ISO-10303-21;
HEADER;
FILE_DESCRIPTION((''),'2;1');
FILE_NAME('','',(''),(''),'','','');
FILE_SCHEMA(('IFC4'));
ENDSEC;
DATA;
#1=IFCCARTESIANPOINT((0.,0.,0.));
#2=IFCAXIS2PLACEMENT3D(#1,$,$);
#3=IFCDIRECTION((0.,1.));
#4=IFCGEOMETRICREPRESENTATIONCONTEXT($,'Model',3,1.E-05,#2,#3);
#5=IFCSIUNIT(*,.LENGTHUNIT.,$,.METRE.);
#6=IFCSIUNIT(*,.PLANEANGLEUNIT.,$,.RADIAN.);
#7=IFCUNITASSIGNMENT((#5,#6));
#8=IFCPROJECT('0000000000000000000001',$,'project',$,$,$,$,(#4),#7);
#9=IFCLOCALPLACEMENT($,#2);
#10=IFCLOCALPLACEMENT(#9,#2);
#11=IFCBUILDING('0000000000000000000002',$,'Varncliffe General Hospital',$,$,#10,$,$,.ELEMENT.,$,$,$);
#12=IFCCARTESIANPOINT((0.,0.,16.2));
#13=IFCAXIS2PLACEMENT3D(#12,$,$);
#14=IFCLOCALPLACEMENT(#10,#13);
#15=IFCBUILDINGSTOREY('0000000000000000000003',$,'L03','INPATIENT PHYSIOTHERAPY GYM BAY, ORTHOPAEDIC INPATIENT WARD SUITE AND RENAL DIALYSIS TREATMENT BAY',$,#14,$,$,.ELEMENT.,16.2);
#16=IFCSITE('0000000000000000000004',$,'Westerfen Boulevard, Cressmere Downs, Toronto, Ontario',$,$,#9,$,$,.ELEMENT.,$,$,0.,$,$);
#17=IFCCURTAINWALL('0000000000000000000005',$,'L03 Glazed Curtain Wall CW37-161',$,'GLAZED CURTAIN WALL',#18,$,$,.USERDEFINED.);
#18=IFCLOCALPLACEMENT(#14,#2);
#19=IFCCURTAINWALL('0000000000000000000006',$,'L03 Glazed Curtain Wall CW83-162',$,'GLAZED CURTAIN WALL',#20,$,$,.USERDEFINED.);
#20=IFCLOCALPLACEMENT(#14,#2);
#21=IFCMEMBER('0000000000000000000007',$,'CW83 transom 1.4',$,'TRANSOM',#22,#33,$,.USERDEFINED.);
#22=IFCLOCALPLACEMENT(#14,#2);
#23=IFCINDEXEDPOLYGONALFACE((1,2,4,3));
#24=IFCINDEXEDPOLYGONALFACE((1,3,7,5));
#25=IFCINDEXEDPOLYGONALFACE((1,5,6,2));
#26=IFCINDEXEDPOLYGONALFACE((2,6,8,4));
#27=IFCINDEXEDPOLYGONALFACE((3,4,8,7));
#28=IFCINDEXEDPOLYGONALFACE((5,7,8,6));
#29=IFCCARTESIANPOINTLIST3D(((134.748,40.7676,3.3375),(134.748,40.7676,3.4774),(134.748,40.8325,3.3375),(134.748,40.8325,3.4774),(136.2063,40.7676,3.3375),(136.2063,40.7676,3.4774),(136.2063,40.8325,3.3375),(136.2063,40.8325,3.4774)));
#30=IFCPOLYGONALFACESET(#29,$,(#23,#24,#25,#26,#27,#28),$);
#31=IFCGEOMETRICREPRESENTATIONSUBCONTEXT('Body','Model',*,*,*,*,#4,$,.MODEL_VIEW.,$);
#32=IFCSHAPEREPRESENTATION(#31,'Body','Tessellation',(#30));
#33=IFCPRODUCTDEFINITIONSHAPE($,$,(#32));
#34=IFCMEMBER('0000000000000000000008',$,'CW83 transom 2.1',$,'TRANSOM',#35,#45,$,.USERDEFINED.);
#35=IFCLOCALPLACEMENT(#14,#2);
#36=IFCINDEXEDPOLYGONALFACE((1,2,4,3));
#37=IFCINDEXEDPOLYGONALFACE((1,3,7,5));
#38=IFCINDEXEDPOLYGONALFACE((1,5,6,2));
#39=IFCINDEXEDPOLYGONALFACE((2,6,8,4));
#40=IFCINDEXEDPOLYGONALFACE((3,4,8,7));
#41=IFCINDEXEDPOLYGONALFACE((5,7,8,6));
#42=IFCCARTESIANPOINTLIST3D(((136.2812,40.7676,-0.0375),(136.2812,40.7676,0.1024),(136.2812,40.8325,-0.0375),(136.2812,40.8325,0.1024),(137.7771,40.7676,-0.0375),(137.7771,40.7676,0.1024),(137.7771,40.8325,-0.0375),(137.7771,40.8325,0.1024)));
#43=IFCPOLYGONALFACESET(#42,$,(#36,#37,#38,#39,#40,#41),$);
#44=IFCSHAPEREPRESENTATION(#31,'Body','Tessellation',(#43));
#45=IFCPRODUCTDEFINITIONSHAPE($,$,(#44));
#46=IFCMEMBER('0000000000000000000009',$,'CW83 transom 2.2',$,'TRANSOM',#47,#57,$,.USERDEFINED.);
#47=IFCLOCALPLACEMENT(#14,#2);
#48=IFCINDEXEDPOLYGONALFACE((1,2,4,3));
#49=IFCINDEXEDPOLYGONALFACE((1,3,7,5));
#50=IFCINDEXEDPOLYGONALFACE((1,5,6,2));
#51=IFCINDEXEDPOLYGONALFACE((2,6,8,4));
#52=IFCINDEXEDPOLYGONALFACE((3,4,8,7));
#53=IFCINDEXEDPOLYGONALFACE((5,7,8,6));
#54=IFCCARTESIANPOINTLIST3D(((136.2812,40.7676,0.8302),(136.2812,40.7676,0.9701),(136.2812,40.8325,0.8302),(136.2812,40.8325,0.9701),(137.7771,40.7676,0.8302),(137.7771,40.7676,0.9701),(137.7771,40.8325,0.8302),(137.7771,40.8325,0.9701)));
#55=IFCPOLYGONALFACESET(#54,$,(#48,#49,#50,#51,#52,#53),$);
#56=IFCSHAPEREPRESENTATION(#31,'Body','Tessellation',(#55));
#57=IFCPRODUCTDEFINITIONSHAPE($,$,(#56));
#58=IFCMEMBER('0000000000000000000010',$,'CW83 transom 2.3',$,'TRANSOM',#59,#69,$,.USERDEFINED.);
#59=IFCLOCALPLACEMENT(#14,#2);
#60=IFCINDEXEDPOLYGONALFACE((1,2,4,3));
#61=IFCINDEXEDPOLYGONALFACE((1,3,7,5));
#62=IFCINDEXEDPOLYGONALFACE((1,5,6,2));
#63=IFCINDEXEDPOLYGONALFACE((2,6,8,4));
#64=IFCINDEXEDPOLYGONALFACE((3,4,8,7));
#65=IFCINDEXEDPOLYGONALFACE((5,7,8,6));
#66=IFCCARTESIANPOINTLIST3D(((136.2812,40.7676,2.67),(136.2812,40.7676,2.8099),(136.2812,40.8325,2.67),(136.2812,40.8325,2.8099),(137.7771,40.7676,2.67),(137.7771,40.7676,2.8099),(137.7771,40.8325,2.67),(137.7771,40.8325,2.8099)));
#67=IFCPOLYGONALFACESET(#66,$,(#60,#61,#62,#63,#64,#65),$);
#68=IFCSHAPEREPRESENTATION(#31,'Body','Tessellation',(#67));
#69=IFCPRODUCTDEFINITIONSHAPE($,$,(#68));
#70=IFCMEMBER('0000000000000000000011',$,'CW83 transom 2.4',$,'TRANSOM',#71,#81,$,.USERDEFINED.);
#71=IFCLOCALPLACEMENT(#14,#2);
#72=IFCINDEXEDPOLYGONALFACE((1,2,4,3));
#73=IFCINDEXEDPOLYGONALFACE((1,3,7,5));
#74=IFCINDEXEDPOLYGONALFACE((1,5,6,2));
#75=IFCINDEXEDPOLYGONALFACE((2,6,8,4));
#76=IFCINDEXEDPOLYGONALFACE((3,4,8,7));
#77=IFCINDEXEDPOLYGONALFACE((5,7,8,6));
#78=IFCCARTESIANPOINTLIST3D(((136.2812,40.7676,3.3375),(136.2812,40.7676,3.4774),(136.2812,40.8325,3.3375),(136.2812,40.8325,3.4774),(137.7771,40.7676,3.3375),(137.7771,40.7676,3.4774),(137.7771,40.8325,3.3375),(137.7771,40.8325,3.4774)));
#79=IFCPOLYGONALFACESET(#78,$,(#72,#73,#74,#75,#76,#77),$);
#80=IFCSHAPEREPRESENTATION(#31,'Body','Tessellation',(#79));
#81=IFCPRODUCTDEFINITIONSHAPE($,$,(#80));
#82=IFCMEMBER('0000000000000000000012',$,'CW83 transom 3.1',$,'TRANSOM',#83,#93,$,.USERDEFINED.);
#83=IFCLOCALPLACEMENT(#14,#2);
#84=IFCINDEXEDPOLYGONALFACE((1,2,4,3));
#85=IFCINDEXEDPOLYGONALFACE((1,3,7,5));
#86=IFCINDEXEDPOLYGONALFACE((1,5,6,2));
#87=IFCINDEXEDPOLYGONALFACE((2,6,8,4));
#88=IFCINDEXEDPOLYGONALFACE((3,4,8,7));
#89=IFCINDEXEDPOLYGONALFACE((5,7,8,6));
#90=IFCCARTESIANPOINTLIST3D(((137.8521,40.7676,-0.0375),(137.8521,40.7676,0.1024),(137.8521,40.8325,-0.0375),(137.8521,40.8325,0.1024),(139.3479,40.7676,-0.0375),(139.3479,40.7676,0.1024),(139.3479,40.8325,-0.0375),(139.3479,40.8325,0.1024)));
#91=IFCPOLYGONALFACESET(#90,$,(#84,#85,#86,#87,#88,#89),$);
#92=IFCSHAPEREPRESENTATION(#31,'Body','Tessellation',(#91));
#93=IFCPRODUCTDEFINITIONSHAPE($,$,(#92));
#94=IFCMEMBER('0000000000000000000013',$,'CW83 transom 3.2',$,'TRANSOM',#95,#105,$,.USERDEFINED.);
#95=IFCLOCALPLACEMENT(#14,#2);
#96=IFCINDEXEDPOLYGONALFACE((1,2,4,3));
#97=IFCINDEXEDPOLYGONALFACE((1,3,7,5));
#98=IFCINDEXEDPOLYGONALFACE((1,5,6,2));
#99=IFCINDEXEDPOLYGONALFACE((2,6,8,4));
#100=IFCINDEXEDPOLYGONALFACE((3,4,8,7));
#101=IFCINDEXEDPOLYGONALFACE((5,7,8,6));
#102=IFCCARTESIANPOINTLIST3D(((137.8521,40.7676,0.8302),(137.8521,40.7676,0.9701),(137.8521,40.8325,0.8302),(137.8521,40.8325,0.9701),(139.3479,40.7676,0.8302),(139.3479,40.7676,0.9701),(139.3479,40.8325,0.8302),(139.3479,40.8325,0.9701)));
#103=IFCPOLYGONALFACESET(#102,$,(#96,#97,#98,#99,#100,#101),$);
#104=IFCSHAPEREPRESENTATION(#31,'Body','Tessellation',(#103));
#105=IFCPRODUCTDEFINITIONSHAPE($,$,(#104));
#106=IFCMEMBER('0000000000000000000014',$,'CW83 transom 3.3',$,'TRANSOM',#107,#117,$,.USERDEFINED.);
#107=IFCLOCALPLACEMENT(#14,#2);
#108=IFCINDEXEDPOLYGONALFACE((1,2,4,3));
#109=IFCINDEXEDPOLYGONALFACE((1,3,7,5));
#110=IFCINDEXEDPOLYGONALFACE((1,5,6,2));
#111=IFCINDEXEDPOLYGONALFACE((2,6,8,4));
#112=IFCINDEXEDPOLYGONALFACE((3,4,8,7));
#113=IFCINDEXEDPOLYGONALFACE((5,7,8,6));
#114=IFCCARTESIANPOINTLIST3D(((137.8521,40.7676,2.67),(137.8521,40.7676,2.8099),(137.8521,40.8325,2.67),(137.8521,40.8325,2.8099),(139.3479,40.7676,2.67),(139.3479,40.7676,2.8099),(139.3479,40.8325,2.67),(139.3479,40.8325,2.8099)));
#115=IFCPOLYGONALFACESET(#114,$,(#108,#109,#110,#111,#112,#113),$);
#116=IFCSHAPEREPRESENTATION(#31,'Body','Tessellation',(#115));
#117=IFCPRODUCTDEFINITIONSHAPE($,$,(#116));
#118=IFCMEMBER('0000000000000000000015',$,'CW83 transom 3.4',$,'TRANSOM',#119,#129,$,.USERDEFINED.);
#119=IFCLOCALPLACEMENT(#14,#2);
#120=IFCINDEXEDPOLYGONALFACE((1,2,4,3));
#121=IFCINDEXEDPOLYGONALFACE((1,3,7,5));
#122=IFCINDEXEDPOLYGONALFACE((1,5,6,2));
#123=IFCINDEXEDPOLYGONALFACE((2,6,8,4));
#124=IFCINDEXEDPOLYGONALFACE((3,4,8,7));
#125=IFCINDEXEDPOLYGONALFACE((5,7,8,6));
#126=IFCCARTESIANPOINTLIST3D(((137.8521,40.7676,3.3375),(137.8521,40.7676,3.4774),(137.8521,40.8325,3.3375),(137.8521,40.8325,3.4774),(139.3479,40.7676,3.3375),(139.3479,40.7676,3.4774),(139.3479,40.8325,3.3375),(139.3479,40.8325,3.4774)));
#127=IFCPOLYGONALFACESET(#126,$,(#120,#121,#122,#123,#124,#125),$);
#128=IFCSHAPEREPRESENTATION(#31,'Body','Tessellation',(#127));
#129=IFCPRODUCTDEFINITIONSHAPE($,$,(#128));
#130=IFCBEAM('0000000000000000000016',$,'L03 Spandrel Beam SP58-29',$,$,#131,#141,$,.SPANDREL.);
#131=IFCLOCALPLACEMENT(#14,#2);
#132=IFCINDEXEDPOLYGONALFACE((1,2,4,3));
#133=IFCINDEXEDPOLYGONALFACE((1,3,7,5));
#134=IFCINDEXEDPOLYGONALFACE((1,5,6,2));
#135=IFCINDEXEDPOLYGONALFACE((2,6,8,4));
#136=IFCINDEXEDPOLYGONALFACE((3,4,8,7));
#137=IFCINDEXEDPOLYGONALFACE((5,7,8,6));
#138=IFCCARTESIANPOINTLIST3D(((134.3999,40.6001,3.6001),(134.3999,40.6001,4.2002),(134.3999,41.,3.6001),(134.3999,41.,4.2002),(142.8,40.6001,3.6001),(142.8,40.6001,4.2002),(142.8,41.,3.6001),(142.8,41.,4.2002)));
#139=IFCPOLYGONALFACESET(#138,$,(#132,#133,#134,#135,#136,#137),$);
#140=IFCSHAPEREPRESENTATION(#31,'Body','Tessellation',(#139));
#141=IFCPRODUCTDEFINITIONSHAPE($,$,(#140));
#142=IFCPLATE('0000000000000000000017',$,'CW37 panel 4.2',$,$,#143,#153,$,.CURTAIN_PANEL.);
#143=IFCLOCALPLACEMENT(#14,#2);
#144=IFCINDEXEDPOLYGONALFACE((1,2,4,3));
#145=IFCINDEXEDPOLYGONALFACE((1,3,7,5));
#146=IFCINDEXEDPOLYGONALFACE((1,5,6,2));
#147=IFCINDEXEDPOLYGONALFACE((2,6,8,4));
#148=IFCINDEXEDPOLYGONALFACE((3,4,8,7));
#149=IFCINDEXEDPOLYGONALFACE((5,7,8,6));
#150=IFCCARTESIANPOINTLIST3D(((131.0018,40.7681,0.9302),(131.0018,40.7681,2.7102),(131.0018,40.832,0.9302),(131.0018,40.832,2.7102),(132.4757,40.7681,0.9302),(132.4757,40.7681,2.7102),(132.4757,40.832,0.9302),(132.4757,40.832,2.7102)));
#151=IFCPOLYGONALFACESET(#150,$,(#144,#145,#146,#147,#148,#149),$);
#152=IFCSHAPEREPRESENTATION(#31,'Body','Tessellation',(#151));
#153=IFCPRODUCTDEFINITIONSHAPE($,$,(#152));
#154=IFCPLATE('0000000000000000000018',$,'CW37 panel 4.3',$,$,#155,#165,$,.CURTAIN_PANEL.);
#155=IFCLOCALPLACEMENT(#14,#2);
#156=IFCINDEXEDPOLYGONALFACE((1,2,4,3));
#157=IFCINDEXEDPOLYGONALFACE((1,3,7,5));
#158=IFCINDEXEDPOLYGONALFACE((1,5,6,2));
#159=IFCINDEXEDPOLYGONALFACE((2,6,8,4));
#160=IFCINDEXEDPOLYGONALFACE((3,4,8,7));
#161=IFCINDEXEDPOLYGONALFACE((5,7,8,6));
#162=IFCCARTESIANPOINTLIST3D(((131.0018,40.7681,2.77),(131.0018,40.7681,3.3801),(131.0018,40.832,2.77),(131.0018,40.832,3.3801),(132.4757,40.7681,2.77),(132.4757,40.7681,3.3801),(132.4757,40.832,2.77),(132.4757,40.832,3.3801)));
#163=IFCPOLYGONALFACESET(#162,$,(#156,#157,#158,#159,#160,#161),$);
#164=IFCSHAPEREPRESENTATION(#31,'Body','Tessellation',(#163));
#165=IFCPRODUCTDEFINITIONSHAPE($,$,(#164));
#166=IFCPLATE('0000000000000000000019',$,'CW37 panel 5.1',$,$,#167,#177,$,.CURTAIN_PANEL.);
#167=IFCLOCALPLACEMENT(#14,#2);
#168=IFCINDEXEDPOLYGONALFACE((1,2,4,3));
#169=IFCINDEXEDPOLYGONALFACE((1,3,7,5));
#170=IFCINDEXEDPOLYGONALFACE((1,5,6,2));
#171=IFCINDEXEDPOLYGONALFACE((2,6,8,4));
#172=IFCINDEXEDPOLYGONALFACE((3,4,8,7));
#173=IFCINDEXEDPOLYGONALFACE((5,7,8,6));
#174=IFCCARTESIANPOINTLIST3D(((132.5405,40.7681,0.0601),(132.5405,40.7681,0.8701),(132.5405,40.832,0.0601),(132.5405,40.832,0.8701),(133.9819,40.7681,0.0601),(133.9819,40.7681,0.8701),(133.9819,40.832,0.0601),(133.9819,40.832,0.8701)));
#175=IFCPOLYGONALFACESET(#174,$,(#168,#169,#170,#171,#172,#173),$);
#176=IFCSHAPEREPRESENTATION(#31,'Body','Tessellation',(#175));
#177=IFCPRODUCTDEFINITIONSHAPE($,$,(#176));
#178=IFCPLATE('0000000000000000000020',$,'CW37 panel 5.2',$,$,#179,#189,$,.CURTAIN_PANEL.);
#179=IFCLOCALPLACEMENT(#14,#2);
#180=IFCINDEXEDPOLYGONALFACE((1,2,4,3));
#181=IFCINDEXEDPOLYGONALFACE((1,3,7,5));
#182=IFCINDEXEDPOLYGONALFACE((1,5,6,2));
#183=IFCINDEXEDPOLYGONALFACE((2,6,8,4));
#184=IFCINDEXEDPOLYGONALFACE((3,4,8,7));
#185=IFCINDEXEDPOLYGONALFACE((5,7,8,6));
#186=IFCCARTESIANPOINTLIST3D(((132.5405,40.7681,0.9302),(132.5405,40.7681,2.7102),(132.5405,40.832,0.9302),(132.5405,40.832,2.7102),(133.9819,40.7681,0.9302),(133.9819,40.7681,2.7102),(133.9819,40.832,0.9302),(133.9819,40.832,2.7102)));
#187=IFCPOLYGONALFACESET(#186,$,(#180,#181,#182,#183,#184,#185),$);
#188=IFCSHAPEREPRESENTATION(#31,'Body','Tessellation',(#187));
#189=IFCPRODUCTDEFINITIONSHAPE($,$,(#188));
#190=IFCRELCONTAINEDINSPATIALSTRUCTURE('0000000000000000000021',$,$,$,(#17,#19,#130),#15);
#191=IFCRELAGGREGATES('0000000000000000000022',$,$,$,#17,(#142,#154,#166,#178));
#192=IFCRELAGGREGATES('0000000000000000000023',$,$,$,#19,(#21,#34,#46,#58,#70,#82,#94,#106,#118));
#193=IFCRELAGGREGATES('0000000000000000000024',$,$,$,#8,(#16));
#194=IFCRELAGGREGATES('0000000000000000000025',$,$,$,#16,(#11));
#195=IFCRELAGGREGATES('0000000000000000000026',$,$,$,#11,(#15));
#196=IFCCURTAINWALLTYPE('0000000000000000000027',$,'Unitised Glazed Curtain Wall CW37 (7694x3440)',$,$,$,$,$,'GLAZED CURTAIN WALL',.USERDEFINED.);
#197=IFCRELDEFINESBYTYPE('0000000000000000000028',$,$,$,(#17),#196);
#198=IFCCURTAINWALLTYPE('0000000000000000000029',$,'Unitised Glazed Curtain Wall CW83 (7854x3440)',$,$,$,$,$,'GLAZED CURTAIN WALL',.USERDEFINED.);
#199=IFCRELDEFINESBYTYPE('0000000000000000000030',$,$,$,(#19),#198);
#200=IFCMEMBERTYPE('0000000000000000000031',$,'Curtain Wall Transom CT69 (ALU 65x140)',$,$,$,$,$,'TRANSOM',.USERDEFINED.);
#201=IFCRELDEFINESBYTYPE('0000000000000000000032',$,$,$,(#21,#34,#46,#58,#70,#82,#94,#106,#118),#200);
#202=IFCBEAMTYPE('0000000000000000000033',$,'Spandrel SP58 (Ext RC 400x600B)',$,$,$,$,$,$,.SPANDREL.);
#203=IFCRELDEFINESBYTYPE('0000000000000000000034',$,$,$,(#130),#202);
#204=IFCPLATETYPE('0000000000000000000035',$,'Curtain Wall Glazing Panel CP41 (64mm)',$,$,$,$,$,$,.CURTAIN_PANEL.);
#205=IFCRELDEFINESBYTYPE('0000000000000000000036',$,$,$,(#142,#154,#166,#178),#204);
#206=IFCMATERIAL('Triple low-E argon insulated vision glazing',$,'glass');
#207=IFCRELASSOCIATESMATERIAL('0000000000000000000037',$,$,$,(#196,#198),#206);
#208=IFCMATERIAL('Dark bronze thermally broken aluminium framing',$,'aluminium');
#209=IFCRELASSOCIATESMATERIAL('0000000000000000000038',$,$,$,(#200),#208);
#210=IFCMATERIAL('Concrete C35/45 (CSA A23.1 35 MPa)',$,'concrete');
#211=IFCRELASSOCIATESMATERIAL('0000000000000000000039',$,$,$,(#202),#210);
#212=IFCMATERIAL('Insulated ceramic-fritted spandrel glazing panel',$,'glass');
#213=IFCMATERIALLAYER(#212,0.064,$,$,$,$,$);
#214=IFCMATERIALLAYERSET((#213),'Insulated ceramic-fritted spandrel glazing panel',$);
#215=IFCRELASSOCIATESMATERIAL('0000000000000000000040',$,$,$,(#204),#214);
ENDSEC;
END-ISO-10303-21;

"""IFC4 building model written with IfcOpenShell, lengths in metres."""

from ifc_helpers import new_model, si_unit, direction, frame, origin, origin_2d, place, context, subcontext, project, spatial, rectangle, extrude, material, layer, layer_set, material_profile, profile_set, type_object, element, aggregate, save


model = new_model("IFC4")

# Units and contexts
model_context = context("Model", 3, precision=1e-05, world=origin(), true_north=direction((0.0, 1.0)))
body_context = subcontext(model_context, "Body", "Model", "MODEL_VIEW")
ifc_project = project(units=[si_unit("LENGTHUNIT", "METRE"), si_unit("PLANEANGLEUNIT", "RADIAN")], contexts=[model_context])

# Site, building, storey
site_placement = place(None, origin())
site = spatial("IfcSite", under=ifc_project, at=site_placement, Name="Westerfen Boulevard, Cressmere Downs, Toronto, Ontario", CompositionType="ELEMENT", RefElevation=0.0)
building_placement = place(site_placement, origin())
building = spatial("IfcBuilding", under=site, at=building_placement, Name="Varncliffe General Hospital", CompositionType="ELEMENT")
storey_placement = place(building_placement, frame((0.0, 0.0, 16.2)))
storey = spatial("IfcBuildingStorey", under=building, at=storey_placement, Name="L03", Description="INPATIENT PHYSIOTHERAPY GYM BAY, ORTHOPAEDIC INPATIENT WARD SUITE AND RENAL DIALYSIS TREATMENT BAY", CompositionType="ELEMENT", Elevation=16.2)

# Curtain walls
ifc_material_1 = material(Name="Triple low-E argon insulated vision glazing", Category="glass")
curtain_wall_type_1 = type_object("IfcCurtainWallType", Name="Unitised Glazed Curtain Wall CW37 (7694x3440)", ElementType="GLAZED CURTAIN WALL", PredefinedType="USERDEFINED", material=ifc_material_1)
curtain_wall_1_placement = place(storey_placement, origin())
curtain_wall_1 = element("IfcCurtainWall", 1, at=curtain_wall_1_placement, inside=storey, type_object=curtain_wall_type_1, Name="L03 Glazed Curtain Wall CW37-161", ObjectType="GLAZED CURTAIN WALL", PredefinedType="USERDEFINED")
ifc_material_2 = material(Name="Dark bronze thermally broken aluminium framing", Category="aluminium")
curtain_wall_type_2 = type_object("IfcCurtainWallType", Name="Unitised Glazed Curtain Wall CW83 (7854x3440)", ElementType="GLAZED CURTAIN WALL", PredefinedType="USERDEFINED", material=ifc_material_1)
curtain_wall_2_placement = place(storey_placement, origin())
curtain_wall_2 = element("IfcCurtainWall", 2, at=curtain_wall_2_placement, inside=storey, type_object=curtain_wall_type_2, Name="L03 Glazed Curtain Wall CW83-162", ObjectType="GLAZED CURTAIN WALL", PredefinedType="USERDEFINED")

# Members
ifc_material_profile_1 = material_profile(ifc_material_2, rectangle(XDim=0.0649, YDim=0.1399, at=origin_2d()), Name="ALU 65x140")
ifc_profile_set_1 = profile_set([ifc_material_profile_1], Name="Dark bronze thermally broken aluminium framing")
member_type_1 = type_object("IfcMemberType", Name="Curtain Wall Transom CT69 (ALU 65x140)", ElementType="TRANSOM", PredefinedType="USERDEFINED", material=ifc_profile_set_1)
member_1_placement = place(storey_placement, frame((134.748, 40.8, 3.4075), z_axis=(1.0, 0.0, 0.0), x_axis=(0.0, 1.0, 0.0)))
member_1 = element("IfcMember", 3, at=member_1_placement, type_object=member_type_1, Name="CW83 transom 1.4", ObjectType="TRANSOM", PredefinedType="USERDEFINED", context=body_context, shape_type="SweptSolid", body=[
    extrude(rectangle(XDim=0.0649, YDim=0.1399, at=origin_2d()), origin(), (0.0, 0.0, 1.0), 1.4583),
])
member_2_placement = place(storey_placement, frame((136.2812, 40.8, 0.0325), z_axis=(1.0, 0.0, 0.0), x_axis=(0.0, 1.0, 0.0)))
member_2 = element("IfcMember", 4, at=member_2_placement, type_object=member_type_1, Name="CW83 transom 2.1", ObjectType="TRANSOM", PredefinedType="USERDEFINED", context=body_context, shape_type="SweptSolid", body=[
    extrude(rectangle(XDim=0.0649, YDim=0.1399, at=origin_2d()), origin(), (0.0, 0.0, 1.0), 1.4958),
])
member_3_placement = place(storey_placement, frame((136.2812, 40.8, 0.9001), z_axis=(1.0, 0.0, 0.0), x_axis=(0.0, 1.0, 0.0)))
member_3 = element("IfcMember", 5, at=member_3_placement, type_object=member_type_1, Name="CW83 transom 2.2", ObjectType="TRANSOM", PredefinedType="USERDEFINED", context=body_context, shape_type="SweptSolid", body=[
    extrude(rectangle(XDim=0.0649, YDim=0.1399, at=origin_2d()), origin(), (0.0, 0.0, 1.0), 1.4958),
])
member_4_placement = place(storey_placement, frame((136.2812, 40.8, 2.74), z_axis=(1.0, 0.0, 0.0), x_axis=(0.0, 1.0, 0.0)))
member_4 = element("IfcMember", 6, at=member_4_placement, type_object=member_type_1, Name="CW83 transom 2.3", ObjectType="TRANSOM", PredefinedType="USERDEFINED", context=body_context, shape_type="SweptSolid", body=[
    extrude(rectangle(XDim=0.0649, YDim=0.1399, at=origin_2d()), origin(), (0.0, 0.0, 1.0), 1.4958),
])
member_5_placement = place(storey_placement, frame((136.2812, 40.8, 3.4075), z_axis=(1.0, 0.0, 0.0), x_axis=(0.0, 1.0, 0.0)))
member_5 = element("IfcMember", 7, at=member_5_placement, type_object=member_type_1, Name="CW83 transom 2.4", ObjectType="TRANSOM", PredefinedType="USERDEFINED", context=body_context, shape_type="SweptSolid", body=[
    extrude(rectangle(XDim=0.0649, YDim=0.1399, at=origin_2d()), origin(), (0.0, 0.0, 1.0), 1.4958),
])
member_6_placement = place(storey_placement, frame((137.8521, 40.8, 0.0325), z_axis=(1.0, 0.0, 0.0), x_axis=(0.0, 1.0, 0.0)))
member_6 = element("IfcMember", 8, at=member_6_placement, type_object=member_type_1, Name="CW83 transom 3.1", ObjectType="TRANSOM", PredefinedType="USERDEFINED", context=body_context, shape_type="SweptSolid", body=[
    extrude(rectangle(XDim=0.0649, YDim=0.1399, at=origin_2d()), origin(), (0.0, 0.0, 1.0), 1.4958),
])
member_7_placement = place(storey_placement, frame((137.8521, 40.8, 0.9001), z_axis=(1.0, 0.0, 0.0), x_axis=(0.0, 1.0, 0.0)))
member_7 = element("IfcMember", 9, at=member_7_placement, type_object=member_type_1, Name="CW83 transom 3.2", ObjectType="TRANSOM", PredefinedType="USERDEFINED", context=body_context, shape_type="SweptSolid", body=[
    extrude(rectangle(XDim=0.0649, YDim=0.1399, at=origin_2d()), origin(), (0.0, 0.0, 1.0), 1.4958),
])
member_8_placement = place(storey_placement, frame((137.8521, 40.8, 2.74), z_axis=(1.0, 0.0, 0.0), x_axis=(0.0, 1.0, 0.0)))
member_8 = element("IfcMember", 10, at=member_8_placement, type_object=member_type_1, Name="CW83 transom 3.3", ObjectType="TRANSOM", PredefinedType="USERDEFINED", context=body_context, shape_type="SweptSolid", body=[
    extrude(rectangle(XDim=0.0649, YDim=0.1399, at=origin_2d()), origin(), (0.0, 0.0, 1.0), 1.4958),
])
member_9_placement = place(storey_placement, frame((137.8521, 40.8, 3.4075), z_axis=(1.0, 0.0, 0.0), x_axis=(0.0, 1.0, 0.0)))
member_9 = element("IfcMember", 11, at=member_9_placement, type_object=member_type_1, Name="CW83 transom 3.4", ObjectType="TRANSOM", PredefinedType="USERDEFINED", context=body_context, shape_type="SweptSolid", body=[
    extrude(rectangle(XDim=0.0649, YDim=0.1399, at=origin_2d()), origin(), (0.0, 0.0, 1.0), 1.4958),
])

# Beam
ifc_material_3 = material(Name="Concrete C35/45 (CSA A23.1 35 MPa)", Category="concrete")
ifc_material_profile_2 = material_profile(ifc_material_3, rectangle(XDim=0.3999, YDim=0.6001, at=origin_2d()), Name="RC 400x600")
ifc_profile_set_2 = profile_set([ifc_material_profile_2], Name="Concrete C35/45 (CSA A23.1 35 MPa)")
beam_type = type_object("IfcBeamType", Name="Spandrel SP58 (Ext RC 400x600B)", PredefinedType="SPANDREL", material=ifc_profile_set_2)
beam_placement = place(storey_placement, frame((134.3999, 40.8, 3.9001), z_axis=(1.0, 0.0, 0.0), x_axis=(0.0, 1.0, 0.0)))
element("IfcBeam", 12, at=beam_placement, inside=storey, type_object=beam_type, Name="L03 Spandrel Beam SP58-29", PredefinedType="SPANDREL", context=body_context, shape_type="SweptSolid", body=[
    extrude(rectangle(XDim=0.3999, YDim=0.6001, at=origin_2d()), origin(), (0.0, 0.0, 1.0), 8.4001),
])

# Plates
ifc_material_4 = material(Name="Insulated ceramic-fritted spandrel glazing panel", Category="glass")
ifc_layer_1 = layer(ifc_material_4, 0.064)
ifc_layer_set_1 = layer_set([ifc_layer_1], Name="Insulated ceramic-fritted spandrel glazing panel")
plate_type_1 = type_object("IfcPlateType", Name="Curtain Wall Glazing Panel CP41 (64mm)", PredefinedType="CURTAIN_PANEL", material=ifc_layer_set_1)
plate_1_placement = place(storey_placement, frame((131.7388, 40.8, 0.9302), z_axis=(0.0, 0.0, 1.0), x_axis=(1.0, 0.0, 0.0)))
plate_1 = element("IfcPlate", 13, at=plate_1_placement, type_object=plate_type_1, Name="CW37 panel 4.2", PredefinedType="CURTAIN_PANEL", context=body_context, shape_type="SweptSolid", body=[
    extrude(rectangle(XDim=1.4739, YDim=0.064, at=origin_2d()), origin(), (0.0, 0.0, 1.0), 1.78),
])
plate_2_placement = place(storey_placement, frame((131.7388, 40.8, 2.77), z_axis=(0.0, 0.0, 1.0), x_axis=(1.0, 0.0, 0.0)))
plate_2 = element("IfcPlate", 14, at=plate_2_placement, type_object=plate_type_1, Name="CW37 panel 4.3", PredefinedType="CURTAIN_PANEL", context=body_context, shape_type="SweptSolid", body=[
    extrude(rectangle(XDim=1.4739, YDim=0.064, at=origin_2d()), origin(), (0.0, 0.0, 1.0), 0.6101),
])
plate_3_placement = place(storey_placement, frame((133.2612, 40.8, 0.0601), z_axis=(0.0, 0.0, 1.0), x_axis=(1.0, 0.0, 0.0)))
plate_3 = element("IfcPlate", 15, at=plate_3_placement, type_object=plate_type_1, Name="CW37 panel 5.1", PredefinedType="CURTAIN_PANEL", context=body_context, shape_type="SweptSolid", body=[
    extrude(rectangle(XDim=1.4414, YDim=0.064, at=origin_2d()), origin(), (0.0, 0.0, 1.0), 0.8101),
])
plate_4_placement = place(storey_placement, frame((133.2612, 40.8, 0.9302), z_axis=(0.0, 0.0, 1.0), x_axis=(1.0, 0.0, 0.0)))
plate_4 = element("IfcPlate", 16, at=plate_4_placement, type_object=plate_type_1, Name="CW37 panel 5.2", PredefinedType="CURTAIN_PANEL", context=body_context, shape_type="SweptSolid", body=[
    extrude(rectangle(XDim=1.4414, YDim=0.064, at=origin_2d()), origin(), (0.0, 0.0, 1.0), 1.78),
])
aggregate(curtain_wall_1, [plate_1, plate_2, plate_3, plate_4])
aggregate(curtain_wall_2, [member_1, member_2, member_3, member_4, member_5, member_6, member_7, member_8, member_9])

save(model, "model.ifc")
